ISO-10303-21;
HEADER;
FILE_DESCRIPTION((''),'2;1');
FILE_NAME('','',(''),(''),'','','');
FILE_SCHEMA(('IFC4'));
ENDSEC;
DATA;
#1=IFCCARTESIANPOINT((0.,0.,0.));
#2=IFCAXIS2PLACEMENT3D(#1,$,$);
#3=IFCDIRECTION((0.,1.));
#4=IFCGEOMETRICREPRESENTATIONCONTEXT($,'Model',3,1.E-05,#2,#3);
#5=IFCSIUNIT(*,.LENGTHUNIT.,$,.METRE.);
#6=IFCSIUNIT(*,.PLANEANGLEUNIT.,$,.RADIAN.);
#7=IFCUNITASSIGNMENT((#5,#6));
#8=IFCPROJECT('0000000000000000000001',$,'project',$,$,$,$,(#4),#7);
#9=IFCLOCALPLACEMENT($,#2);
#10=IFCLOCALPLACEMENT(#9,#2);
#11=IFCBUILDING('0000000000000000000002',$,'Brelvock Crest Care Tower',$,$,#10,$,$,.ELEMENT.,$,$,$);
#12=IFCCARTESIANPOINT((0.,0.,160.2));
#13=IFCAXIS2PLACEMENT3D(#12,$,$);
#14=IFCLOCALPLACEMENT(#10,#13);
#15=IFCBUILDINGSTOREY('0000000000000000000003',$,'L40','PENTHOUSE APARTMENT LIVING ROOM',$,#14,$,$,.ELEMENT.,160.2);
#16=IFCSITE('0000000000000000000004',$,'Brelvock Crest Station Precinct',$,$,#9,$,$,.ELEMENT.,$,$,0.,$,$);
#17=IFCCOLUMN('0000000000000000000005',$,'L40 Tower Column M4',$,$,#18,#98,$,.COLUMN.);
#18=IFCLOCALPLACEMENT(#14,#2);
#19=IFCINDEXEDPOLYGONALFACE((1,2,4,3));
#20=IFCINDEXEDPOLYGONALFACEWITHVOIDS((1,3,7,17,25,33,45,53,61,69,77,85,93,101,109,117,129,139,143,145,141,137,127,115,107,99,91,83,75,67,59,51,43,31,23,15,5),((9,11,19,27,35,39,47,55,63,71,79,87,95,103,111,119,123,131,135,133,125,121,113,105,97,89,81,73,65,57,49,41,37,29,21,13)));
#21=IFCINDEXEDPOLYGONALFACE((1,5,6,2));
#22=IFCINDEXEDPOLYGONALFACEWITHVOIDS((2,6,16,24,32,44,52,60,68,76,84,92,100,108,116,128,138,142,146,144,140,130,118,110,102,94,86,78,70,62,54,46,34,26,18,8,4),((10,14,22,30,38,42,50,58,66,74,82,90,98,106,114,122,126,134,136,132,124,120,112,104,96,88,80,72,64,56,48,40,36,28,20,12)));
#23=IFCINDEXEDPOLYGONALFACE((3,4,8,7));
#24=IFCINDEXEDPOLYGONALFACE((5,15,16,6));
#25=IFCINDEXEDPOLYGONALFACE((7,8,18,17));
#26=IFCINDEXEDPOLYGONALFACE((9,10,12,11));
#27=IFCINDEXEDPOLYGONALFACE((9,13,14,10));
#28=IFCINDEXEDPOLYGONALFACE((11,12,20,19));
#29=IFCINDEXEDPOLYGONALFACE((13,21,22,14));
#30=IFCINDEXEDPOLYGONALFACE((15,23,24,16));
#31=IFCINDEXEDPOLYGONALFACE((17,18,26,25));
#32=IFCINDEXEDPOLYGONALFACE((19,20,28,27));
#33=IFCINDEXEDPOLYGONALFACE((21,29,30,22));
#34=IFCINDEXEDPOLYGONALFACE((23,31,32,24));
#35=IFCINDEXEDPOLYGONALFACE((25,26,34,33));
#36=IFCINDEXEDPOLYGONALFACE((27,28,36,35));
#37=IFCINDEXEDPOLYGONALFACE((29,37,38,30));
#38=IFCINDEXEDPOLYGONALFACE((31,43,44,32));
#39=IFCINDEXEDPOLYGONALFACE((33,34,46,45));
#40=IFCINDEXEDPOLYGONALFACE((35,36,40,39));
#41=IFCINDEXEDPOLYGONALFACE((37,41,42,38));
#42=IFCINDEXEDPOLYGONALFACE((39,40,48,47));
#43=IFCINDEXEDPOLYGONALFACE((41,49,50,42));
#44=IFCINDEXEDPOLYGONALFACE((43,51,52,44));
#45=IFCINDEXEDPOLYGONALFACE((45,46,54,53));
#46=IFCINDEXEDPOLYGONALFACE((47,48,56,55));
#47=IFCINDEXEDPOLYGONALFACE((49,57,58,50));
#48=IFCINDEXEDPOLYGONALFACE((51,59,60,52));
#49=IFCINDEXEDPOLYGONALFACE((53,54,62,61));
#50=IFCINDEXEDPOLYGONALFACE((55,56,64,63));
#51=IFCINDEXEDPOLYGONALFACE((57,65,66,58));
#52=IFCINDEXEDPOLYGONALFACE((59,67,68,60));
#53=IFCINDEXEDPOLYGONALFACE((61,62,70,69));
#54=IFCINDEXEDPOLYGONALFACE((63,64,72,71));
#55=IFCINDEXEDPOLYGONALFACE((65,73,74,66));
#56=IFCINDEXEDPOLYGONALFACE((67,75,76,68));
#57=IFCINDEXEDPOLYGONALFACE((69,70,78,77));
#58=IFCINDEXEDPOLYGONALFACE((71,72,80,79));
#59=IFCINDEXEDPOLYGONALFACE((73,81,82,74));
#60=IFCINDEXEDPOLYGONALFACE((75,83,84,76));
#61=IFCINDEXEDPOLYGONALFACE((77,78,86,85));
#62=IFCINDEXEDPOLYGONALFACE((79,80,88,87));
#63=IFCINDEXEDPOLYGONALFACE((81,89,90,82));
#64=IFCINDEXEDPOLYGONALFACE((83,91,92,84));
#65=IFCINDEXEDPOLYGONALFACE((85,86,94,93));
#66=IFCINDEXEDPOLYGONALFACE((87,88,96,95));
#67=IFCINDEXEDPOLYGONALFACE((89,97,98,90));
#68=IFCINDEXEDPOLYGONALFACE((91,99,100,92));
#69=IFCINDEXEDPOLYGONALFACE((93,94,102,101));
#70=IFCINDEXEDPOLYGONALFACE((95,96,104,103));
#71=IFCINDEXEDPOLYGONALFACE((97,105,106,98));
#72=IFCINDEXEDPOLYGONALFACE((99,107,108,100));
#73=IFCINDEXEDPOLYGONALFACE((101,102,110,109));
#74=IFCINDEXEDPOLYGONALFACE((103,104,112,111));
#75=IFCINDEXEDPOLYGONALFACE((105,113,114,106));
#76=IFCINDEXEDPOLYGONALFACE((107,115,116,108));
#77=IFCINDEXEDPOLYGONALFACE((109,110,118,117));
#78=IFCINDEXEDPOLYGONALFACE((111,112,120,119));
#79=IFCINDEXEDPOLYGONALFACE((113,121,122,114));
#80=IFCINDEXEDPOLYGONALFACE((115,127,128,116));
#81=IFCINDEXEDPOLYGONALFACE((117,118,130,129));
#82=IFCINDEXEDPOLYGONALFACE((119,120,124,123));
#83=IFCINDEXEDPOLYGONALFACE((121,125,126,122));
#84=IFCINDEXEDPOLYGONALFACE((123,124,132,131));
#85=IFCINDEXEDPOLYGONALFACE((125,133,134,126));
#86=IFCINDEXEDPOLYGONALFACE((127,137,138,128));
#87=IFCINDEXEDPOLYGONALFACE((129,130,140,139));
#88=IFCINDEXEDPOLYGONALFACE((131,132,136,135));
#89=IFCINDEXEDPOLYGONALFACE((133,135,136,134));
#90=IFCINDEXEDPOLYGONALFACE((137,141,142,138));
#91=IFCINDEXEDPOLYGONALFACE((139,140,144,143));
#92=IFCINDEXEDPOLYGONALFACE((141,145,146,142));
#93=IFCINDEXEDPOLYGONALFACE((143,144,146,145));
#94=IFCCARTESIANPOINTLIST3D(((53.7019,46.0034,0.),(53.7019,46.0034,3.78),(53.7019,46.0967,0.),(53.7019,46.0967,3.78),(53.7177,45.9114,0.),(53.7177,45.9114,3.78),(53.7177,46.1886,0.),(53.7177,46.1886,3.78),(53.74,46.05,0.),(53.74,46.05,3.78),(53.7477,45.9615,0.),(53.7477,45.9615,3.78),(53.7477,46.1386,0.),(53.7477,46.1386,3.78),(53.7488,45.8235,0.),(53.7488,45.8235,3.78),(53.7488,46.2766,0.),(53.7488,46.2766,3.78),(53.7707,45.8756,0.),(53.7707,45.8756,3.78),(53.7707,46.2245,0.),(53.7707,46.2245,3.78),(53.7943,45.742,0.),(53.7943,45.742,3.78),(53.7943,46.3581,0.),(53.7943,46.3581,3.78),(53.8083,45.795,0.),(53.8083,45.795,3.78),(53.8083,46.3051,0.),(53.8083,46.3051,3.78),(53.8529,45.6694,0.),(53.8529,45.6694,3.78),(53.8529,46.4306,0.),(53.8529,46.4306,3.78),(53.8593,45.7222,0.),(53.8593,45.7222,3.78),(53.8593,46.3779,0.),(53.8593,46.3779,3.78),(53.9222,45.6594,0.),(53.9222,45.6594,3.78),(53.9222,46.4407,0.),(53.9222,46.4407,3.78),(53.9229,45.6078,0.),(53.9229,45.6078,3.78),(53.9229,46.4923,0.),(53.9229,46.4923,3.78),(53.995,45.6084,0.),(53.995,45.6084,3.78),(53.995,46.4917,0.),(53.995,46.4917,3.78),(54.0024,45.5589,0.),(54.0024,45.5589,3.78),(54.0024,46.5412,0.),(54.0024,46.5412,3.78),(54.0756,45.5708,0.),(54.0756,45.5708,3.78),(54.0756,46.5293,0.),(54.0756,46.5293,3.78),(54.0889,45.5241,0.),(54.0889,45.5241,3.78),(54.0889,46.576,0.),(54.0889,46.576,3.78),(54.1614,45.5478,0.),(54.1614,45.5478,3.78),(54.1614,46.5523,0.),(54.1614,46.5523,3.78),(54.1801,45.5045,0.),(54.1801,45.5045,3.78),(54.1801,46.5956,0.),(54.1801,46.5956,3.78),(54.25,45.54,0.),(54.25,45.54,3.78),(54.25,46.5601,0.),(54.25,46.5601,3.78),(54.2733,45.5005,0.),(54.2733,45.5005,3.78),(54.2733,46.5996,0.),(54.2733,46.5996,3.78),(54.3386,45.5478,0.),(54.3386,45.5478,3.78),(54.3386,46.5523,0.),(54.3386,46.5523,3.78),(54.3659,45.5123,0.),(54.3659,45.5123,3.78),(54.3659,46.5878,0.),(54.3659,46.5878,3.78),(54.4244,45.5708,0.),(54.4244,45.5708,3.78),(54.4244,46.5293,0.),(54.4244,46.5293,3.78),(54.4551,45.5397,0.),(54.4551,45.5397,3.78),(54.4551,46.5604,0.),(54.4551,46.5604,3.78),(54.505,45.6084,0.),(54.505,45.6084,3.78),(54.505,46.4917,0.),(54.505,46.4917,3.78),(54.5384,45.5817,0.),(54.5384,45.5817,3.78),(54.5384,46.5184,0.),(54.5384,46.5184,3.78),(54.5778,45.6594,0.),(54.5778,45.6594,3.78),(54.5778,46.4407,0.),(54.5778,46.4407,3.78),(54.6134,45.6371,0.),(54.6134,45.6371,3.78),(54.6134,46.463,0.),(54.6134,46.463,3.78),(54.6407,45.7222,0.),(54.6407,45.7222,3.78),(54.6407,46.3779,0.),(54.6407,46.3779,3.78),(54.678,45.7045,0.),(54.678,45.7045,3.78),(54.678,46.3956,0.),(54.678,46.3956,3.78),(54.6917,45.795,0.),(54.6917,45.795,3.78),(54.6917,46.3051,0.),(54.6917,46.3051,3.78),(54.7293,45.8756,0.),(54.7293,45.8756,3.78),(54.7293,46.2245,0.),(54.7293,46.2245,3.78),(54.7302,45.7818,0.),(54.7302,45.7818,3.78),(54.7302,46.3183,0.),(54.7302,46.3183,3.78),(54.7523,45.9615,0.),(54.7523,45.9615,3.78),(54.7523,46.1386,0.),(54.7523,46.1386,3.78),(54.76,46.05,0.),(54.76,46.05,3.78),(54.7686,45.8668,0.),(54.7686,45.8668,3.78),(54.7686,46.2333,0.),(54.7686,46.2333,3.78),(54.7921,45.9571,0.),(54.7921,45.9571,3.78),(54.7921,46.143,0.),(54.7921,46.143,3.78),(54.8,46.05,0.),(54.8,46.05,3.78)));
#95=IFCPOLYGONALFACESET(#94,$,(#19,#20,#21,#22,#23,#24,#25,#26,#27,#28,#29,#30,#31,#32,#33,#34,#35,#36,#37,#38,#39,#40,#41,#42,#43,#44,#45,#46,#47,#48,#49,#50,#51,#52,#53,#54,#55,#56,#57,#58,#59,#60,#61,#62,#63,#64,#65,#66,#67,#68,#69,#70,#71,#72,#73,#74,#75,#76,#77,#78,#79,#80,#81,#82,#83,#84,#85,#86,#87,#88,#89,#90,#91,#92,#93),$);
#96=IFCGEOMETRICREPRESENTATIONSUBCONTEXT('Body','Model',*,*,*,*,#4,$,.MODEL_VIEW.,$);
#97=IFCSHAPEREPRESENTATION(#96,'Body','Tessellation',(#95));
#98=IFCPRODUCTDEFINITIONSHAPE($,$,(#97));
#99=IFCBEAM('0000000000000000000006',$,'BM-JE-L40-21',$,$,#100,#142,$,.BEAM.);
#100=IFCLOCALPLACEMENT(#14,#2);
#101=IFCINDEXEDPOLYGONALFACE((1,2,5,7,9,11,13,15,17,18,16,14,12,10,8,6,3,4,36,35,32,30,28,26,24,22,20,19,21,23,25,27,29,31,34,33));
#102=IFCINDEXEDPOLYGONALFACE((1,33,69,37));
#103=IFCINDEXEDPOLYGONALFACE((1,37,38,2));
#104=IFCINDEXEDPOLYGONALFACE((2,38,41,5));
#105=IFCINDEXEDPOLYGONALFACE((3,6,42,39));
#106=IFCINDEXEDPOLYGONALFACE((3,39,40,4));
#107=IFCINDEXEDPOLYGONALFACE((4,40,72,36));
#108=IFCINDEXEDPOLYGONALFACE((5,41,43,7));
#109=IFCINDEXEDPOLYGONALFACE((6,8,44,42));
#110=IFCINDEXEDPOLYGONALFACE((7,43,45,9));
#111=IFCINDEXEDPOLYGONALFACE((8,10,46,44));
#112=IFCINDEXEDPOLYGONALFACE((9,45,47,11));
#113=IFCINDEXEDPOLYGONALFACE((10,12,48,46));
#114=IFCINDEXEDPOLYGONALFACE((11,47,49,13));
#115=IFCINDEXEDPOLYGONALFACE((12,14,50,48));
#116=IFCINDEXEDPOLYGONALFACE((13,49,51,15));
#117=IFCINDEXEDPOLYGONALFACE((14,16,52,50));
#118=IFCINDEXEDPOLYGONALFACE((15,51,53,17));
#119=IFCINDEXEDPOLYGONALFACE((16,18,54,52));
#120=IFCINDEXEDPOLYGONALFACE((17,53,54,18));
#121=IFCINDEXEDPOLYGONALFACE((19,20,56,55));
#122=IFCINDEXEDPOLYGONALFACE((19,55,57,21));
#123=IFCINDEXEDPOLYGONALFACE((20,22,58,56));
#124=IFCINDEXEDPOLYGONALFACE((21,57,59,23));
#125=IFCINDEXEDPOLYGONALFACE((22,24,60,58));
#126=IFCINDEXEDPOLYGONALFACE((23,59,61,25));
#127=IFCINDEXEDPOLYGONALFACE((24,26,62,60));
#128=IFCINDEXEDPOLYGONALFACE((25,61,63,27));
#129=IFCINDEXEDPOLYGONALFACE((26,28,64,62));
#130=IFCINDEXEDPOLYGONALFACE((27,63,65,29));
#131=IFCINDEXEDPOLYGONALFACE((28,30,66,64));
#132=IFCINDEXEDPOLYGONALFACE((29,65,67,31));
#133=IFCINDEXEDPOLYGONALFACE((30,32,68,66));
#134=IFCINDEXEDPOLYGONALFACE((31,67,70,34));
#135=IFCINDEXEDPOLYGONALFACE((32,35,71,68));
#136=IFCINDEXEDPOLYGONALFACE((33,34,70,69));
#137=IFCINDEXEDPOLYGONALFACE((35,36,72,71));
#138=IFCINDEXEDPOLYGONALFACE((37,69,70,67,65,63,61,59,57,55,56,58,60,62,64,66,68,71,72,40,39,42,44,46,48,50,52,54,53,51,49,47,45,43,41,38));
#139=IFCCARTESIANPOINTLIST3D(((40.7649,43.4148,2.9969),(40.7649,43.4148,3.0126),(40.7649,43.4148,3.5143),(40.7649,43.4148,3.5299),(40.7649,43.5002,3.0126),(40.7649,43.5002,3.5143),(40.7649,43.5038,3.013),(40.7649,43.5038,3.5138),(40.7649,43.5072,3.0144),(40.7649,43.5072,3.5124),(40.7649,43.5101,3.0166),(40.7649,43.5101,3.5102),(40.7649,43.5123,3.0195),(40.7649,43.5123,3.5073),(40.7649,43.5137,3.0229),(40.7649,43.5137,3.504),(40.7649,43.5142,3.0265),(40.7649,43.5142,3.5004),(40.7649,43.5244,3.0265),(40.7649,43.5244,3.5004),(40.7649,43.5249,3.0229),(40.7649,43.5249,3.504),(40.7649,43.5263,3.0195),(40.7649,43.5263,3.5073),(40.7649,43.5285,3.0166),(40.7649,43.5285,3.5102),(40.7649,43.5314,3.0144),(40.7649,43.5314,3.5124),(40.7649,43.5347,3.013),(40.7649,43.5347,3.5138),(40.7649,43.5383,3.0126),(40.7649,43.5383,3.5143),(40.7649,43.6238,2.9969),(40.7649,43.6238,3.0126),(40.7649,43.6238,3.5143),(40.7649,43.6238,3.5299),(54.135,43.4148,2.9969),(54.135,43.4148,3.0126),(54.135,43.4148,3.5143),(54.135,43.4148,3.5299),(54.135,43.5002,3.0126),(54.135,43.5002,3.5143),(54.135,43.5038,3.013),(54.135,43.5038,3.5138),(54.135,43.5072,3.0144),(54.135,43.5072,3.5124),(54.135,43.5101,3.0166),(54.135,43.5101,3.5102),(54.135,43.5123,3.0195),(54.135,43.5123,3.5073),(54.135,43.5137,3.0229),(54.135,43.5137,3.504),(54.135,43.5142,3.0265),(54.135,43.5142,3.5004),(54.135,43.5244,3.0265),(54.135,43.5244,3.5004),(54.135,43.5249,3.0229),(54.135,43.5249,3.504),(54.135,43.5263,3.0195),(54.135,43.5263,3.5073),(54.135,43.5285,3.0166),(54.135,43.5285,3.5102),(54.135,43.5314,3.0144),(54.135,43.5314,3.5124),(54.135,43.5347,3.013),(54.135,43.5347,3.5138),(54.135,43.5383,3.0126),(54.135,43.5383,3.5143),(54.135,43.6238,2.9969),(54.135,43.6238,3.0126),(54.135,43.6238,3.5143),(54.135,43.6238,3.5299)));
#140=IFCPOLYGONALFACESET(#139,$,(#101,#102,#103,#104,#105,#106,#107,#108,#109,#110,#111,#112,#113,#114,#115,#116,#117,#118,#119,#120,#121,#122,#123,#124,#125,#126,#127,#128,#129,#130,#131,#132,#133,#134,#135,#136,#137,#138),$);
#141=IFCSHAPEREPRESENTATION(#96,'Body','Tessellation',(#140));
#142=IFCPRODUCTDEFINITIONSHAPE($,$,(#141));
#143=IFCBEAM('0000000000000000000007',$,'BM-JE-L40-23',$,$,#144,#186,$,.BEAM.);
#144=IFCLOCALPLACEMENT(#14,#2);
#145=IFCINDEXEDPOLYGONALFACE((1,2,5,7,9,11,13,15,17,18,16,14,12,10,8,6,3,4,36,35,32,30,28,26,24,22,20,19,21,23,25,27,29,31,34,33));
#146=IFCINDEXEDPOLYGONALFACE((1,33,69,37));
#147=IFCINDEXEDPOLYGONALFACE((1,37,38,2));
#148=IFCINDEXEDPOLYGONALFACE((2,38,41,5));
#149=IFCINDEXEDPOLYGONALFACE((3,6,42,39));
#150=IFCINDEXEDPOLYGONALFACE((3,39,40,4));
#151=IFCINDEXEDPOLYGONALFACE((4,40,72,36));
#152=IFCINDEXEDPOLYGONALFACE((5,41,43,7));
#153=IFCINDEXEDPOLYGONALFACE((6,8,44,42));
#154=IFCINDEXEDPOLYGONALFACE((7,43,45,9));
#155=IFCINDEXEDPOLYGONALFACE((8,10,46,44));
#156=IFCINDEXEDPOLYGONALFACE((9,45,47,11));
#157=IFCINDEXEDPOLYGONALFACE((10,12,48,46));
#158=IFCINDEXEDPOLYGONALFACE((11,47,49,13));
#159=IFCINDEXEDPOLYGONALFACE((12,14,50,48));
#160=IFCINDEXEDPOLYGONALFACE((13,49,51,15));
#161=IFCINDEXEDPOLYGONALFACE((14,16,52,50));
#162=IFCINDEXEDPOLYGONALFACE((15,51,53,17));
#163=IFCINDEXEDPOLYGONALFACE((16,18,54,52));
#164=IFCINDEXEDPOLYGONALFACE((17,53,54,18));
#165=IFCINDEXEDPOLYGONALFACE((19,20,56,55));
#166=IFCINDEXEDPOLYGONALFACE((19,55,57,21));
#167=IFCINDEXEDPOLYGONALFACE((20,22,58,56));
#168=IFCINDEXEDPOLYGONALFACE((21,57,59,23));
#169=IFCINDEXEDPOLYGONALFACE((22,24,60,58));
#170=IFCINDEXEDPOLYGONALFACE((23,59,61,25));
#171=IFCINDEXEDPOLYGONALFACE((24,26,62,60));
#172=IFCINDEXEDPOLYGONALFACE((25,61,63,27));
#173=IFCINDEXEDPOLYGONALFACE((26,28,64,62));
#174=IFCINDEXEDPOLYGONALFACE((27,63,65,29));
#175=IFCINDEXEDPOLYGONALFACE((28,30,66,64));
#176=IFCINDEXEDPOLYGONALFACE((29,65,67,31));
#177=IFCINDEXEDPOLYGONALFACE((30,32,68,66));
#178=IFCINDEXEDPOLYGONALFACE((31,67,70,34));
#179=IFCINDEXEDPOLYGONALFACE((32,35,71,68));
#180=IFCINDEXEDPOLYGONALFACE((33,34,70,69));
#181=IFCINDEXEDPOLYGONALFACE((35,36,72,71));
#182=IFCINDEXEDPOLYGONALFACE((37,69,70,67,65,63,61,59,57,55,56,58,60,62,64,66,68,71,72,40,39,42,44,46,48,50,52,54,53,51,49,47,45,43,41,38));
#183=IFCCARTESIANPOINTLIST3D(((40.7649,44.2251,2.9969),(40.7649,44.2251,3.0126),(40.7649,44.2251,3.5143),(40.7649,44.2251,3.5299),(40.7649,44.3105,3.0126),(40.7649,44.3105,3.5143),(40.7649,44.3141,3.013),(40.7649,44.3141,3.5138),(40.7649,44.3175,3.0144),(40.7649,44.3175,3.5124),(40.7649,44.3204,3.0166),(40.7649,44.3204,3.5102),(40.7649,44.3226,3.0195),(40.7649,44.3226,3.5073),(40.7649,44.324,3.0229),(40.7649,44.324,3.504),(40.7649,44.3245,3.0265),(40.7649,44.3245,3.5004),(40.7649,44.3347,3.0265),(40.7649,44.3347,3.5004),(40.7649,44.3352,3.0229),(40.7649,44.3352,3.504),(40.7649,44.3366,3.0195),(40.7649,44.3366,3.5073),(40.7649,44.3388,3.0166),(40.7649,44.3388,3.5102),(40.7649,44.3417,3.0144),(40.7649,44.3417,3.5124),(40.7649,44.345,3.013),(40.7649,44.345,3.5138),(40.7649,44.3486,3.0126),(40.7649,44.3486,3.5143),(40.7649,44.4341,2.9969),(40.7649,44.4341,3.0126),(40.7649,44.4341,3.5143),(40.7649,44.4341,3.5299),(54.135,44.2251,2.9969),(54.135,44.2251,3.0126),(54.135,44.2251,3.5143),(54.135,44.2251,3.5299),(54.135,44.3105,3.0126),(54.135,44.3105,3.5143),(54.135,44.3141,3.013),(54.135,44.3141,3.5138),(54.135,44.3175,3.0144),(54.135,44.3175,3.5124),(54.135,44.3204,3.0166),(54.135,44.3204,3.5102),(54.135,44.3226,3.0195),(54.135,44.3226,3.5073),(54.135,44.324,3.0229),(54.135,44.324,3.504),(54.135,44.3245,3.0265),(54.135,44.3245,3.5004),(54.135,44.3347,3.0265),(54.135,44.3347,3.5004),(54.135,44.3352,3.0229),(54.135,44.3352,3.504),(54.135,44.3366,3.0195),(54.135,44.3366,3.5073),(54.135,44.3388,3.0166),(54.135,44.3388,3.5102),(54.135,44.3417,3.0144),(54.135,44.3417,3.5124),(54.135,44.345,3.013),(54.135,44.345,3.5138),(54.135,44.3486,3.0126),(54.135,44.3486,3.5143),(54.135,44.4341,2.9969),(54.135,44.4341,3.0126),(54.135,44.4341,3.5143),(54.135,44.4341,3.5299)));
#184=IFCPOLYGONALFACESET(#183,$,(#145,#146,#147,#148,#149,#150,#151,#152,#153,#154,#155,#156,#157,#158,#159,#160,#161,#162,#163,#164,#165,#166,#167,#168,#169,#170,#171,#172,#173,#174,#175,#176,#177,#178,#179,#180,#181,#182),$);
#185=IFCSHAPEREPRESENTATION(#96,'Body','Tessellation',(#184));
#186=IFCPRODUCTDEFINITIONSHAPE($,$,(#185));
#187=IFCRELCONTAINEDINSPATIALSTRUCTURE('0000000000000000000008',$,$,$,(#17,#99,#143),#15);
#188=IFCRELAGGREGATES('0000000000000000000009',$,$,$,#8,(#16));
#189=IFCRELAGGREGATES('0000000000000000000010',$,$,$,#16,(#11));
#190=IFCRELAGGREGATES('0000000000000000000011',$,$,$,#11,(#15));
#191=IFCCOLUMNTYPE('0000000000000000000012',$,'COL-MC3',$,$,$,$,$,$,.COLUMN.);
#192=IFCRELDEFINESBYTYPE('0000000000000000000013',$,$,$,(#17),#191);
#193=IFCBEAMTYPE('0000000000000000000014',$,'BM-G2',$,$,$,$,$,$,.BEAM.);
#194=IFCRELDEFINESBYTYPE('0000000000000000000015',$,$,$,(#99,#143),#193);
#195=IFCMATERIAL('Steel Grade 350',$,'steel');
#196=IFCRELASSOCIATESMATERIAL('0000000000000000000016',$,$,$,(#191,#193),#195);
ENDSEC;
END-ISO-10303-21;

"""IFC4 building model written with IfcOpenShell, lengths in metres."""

from ifc_helpers import new_model, si_unit, direction, frame, origin, origin_2d, place, context, subcontext, project, spatial, hollow_circle, i_section, extrude, source, transform, mapped, material, material_profile, profile_set, type_object, element, save


model = new_model("IFC4")

# Units and contexts
model_context = context("Model", 3, precision=1e-05, world=origin(), true_north=direction((0.0, 1.0)))
body_context = subcontext(model_context, "Body", "Model", "MODEL_VIEW")
ifc_project = project(units=[si_unit("LENGTHUNIT", "METRE"), si_unit("PLANEANGLEUNIT", "RADIAN")], contexts=[model_context])

# Site, building, storey
site_placement = place(None, origin())
site = spatial("IfcSite", under=ifc_project, at=site_placement, Name="Brelvock Crest Station Precinct", CompositionType="ELEMENT", RefElevation=0.0)
building_placement = place(site_placement, origin())
building = spatial("IfcBuilding", under=site, at=building_placement, Name="Brelvock Crest Care Tower", CompositionType="ELEMENT")
storey_placement = place(building_placement, frame((0.0, 0.0, 160.2)))
storey = spatial("IfcBuildingStorey", under=building, at=storey_placement, Name="L40", Description="PENTHOUSE APARTMENT LIVING ROOM", CompositionType="ELEMENT", Elevation=160.2)

# Column
ifc_material_1 = material(Name="Steel Grade 350", Category="steel")
ifc_material_profile_1 = material_profile(ifc_material_1, hollow_circle(Radius=0.55, WallThickness=0.04, at=origin_2d()), Name="CFT1100x40")
ifc_profile_set_1 = profile_set([ifc_material_profile_1], Name="Steel Grade 350")
column_type = type_object("IfcColumnType", Name="COL-MC3", PredefinedType="COLUMN", material=ifc_profile_set_1)
shared_shape_1 = source(origin(), body_context, "Body", "SweptSolid", [
    extrude(hollow_circle(Radius=0.55, WallThickness=0.04, at=origin_2d()), origin(), (0.0, 0.0, 1.0), 3.78),
])
column_placement = place(storey_placement, frame((54.25, 46.05, 0.0), z_axis=(0.0, 0.0, 1.0), x_axis=(1.0, 0.0, 0.0)))
element("IfcColumn", 1, at=column_placement, inside=storey, type_object=column_type, Name="L40 Tower Column M4", PredefinedType="COLUMN", context=body_context, shape_type="MappedRepresentation", body=[
    mapped(shared_shape_1, transform((0.0, 0.0, 0.0), x_axis=(1.0, 0.0, 0.0), y_axis=(0.0, 1.0, 0.0), z_axis=(0.0, 0.0, 1.0), scale=1.0)),
])

# Beams
ifc_material_profile_2 = material_profile(ifc_material_1, i_section(OverallWidth=0.209, OverallDepth=0.533, WebThickness=0.0103, FlangeThickness=0.0156, FilletRadius=0.0139, at=origin_2d()), Name="530UB92.4")
ifc_profile_set_2 = profile_set([ifc_material_profile_2], Name="Steel Grade 350")
beam_type_1 = type_object("IfcBeamType", Name="BM-G2", PredefinedType="BEAM", material=ifc_profile_set_2)
shared_shape_2 = source(origin(), body_context, "Body", "SweptSolid", [
    extrude(i_section(OverallWidth=0.209, OverallDepth=0.533, WebThickness=0.0103, FlangeThickness=0.0156, FilletRadius=0.0139, at=origin_2d()), origin(), (0.0, 0.0, 1.0), 13.3701),
])
for number, where, z_axis, x_axis, name in (
    (2, (40.7649, 43.5193, 3.2634), (1.0, 0.0, 0.0), (0.0, 1.0, 0.0), "BM-JE-L40-21"),
    (3, (40.7649, 44.3296, 3.2634), (1.0, 0.0, 0.0), (0.0, 1.0, 0.0), "BM-JE-L40-23"),
):
    element("IfcBeam", number, at=place(storey_placement, frame(where, z_axis=z_axis, x_axis=x_axis)), inside=storey, type_object=beam_type_1, Name=name, PredefinedType="BEAM", context=body_context, shape_type="MappedRepresentation", body=[
        mapped(shared_shape_2, transform((0.0, 0.0, 0.0), x_axis=(1.0, 0.0, 0.0), y_axis=(0.0, 1.0, 0.0), z_axis=(0.0, 0.0, 1.0), scale=1.0)),
    ])

save(model, "model.ifc")
